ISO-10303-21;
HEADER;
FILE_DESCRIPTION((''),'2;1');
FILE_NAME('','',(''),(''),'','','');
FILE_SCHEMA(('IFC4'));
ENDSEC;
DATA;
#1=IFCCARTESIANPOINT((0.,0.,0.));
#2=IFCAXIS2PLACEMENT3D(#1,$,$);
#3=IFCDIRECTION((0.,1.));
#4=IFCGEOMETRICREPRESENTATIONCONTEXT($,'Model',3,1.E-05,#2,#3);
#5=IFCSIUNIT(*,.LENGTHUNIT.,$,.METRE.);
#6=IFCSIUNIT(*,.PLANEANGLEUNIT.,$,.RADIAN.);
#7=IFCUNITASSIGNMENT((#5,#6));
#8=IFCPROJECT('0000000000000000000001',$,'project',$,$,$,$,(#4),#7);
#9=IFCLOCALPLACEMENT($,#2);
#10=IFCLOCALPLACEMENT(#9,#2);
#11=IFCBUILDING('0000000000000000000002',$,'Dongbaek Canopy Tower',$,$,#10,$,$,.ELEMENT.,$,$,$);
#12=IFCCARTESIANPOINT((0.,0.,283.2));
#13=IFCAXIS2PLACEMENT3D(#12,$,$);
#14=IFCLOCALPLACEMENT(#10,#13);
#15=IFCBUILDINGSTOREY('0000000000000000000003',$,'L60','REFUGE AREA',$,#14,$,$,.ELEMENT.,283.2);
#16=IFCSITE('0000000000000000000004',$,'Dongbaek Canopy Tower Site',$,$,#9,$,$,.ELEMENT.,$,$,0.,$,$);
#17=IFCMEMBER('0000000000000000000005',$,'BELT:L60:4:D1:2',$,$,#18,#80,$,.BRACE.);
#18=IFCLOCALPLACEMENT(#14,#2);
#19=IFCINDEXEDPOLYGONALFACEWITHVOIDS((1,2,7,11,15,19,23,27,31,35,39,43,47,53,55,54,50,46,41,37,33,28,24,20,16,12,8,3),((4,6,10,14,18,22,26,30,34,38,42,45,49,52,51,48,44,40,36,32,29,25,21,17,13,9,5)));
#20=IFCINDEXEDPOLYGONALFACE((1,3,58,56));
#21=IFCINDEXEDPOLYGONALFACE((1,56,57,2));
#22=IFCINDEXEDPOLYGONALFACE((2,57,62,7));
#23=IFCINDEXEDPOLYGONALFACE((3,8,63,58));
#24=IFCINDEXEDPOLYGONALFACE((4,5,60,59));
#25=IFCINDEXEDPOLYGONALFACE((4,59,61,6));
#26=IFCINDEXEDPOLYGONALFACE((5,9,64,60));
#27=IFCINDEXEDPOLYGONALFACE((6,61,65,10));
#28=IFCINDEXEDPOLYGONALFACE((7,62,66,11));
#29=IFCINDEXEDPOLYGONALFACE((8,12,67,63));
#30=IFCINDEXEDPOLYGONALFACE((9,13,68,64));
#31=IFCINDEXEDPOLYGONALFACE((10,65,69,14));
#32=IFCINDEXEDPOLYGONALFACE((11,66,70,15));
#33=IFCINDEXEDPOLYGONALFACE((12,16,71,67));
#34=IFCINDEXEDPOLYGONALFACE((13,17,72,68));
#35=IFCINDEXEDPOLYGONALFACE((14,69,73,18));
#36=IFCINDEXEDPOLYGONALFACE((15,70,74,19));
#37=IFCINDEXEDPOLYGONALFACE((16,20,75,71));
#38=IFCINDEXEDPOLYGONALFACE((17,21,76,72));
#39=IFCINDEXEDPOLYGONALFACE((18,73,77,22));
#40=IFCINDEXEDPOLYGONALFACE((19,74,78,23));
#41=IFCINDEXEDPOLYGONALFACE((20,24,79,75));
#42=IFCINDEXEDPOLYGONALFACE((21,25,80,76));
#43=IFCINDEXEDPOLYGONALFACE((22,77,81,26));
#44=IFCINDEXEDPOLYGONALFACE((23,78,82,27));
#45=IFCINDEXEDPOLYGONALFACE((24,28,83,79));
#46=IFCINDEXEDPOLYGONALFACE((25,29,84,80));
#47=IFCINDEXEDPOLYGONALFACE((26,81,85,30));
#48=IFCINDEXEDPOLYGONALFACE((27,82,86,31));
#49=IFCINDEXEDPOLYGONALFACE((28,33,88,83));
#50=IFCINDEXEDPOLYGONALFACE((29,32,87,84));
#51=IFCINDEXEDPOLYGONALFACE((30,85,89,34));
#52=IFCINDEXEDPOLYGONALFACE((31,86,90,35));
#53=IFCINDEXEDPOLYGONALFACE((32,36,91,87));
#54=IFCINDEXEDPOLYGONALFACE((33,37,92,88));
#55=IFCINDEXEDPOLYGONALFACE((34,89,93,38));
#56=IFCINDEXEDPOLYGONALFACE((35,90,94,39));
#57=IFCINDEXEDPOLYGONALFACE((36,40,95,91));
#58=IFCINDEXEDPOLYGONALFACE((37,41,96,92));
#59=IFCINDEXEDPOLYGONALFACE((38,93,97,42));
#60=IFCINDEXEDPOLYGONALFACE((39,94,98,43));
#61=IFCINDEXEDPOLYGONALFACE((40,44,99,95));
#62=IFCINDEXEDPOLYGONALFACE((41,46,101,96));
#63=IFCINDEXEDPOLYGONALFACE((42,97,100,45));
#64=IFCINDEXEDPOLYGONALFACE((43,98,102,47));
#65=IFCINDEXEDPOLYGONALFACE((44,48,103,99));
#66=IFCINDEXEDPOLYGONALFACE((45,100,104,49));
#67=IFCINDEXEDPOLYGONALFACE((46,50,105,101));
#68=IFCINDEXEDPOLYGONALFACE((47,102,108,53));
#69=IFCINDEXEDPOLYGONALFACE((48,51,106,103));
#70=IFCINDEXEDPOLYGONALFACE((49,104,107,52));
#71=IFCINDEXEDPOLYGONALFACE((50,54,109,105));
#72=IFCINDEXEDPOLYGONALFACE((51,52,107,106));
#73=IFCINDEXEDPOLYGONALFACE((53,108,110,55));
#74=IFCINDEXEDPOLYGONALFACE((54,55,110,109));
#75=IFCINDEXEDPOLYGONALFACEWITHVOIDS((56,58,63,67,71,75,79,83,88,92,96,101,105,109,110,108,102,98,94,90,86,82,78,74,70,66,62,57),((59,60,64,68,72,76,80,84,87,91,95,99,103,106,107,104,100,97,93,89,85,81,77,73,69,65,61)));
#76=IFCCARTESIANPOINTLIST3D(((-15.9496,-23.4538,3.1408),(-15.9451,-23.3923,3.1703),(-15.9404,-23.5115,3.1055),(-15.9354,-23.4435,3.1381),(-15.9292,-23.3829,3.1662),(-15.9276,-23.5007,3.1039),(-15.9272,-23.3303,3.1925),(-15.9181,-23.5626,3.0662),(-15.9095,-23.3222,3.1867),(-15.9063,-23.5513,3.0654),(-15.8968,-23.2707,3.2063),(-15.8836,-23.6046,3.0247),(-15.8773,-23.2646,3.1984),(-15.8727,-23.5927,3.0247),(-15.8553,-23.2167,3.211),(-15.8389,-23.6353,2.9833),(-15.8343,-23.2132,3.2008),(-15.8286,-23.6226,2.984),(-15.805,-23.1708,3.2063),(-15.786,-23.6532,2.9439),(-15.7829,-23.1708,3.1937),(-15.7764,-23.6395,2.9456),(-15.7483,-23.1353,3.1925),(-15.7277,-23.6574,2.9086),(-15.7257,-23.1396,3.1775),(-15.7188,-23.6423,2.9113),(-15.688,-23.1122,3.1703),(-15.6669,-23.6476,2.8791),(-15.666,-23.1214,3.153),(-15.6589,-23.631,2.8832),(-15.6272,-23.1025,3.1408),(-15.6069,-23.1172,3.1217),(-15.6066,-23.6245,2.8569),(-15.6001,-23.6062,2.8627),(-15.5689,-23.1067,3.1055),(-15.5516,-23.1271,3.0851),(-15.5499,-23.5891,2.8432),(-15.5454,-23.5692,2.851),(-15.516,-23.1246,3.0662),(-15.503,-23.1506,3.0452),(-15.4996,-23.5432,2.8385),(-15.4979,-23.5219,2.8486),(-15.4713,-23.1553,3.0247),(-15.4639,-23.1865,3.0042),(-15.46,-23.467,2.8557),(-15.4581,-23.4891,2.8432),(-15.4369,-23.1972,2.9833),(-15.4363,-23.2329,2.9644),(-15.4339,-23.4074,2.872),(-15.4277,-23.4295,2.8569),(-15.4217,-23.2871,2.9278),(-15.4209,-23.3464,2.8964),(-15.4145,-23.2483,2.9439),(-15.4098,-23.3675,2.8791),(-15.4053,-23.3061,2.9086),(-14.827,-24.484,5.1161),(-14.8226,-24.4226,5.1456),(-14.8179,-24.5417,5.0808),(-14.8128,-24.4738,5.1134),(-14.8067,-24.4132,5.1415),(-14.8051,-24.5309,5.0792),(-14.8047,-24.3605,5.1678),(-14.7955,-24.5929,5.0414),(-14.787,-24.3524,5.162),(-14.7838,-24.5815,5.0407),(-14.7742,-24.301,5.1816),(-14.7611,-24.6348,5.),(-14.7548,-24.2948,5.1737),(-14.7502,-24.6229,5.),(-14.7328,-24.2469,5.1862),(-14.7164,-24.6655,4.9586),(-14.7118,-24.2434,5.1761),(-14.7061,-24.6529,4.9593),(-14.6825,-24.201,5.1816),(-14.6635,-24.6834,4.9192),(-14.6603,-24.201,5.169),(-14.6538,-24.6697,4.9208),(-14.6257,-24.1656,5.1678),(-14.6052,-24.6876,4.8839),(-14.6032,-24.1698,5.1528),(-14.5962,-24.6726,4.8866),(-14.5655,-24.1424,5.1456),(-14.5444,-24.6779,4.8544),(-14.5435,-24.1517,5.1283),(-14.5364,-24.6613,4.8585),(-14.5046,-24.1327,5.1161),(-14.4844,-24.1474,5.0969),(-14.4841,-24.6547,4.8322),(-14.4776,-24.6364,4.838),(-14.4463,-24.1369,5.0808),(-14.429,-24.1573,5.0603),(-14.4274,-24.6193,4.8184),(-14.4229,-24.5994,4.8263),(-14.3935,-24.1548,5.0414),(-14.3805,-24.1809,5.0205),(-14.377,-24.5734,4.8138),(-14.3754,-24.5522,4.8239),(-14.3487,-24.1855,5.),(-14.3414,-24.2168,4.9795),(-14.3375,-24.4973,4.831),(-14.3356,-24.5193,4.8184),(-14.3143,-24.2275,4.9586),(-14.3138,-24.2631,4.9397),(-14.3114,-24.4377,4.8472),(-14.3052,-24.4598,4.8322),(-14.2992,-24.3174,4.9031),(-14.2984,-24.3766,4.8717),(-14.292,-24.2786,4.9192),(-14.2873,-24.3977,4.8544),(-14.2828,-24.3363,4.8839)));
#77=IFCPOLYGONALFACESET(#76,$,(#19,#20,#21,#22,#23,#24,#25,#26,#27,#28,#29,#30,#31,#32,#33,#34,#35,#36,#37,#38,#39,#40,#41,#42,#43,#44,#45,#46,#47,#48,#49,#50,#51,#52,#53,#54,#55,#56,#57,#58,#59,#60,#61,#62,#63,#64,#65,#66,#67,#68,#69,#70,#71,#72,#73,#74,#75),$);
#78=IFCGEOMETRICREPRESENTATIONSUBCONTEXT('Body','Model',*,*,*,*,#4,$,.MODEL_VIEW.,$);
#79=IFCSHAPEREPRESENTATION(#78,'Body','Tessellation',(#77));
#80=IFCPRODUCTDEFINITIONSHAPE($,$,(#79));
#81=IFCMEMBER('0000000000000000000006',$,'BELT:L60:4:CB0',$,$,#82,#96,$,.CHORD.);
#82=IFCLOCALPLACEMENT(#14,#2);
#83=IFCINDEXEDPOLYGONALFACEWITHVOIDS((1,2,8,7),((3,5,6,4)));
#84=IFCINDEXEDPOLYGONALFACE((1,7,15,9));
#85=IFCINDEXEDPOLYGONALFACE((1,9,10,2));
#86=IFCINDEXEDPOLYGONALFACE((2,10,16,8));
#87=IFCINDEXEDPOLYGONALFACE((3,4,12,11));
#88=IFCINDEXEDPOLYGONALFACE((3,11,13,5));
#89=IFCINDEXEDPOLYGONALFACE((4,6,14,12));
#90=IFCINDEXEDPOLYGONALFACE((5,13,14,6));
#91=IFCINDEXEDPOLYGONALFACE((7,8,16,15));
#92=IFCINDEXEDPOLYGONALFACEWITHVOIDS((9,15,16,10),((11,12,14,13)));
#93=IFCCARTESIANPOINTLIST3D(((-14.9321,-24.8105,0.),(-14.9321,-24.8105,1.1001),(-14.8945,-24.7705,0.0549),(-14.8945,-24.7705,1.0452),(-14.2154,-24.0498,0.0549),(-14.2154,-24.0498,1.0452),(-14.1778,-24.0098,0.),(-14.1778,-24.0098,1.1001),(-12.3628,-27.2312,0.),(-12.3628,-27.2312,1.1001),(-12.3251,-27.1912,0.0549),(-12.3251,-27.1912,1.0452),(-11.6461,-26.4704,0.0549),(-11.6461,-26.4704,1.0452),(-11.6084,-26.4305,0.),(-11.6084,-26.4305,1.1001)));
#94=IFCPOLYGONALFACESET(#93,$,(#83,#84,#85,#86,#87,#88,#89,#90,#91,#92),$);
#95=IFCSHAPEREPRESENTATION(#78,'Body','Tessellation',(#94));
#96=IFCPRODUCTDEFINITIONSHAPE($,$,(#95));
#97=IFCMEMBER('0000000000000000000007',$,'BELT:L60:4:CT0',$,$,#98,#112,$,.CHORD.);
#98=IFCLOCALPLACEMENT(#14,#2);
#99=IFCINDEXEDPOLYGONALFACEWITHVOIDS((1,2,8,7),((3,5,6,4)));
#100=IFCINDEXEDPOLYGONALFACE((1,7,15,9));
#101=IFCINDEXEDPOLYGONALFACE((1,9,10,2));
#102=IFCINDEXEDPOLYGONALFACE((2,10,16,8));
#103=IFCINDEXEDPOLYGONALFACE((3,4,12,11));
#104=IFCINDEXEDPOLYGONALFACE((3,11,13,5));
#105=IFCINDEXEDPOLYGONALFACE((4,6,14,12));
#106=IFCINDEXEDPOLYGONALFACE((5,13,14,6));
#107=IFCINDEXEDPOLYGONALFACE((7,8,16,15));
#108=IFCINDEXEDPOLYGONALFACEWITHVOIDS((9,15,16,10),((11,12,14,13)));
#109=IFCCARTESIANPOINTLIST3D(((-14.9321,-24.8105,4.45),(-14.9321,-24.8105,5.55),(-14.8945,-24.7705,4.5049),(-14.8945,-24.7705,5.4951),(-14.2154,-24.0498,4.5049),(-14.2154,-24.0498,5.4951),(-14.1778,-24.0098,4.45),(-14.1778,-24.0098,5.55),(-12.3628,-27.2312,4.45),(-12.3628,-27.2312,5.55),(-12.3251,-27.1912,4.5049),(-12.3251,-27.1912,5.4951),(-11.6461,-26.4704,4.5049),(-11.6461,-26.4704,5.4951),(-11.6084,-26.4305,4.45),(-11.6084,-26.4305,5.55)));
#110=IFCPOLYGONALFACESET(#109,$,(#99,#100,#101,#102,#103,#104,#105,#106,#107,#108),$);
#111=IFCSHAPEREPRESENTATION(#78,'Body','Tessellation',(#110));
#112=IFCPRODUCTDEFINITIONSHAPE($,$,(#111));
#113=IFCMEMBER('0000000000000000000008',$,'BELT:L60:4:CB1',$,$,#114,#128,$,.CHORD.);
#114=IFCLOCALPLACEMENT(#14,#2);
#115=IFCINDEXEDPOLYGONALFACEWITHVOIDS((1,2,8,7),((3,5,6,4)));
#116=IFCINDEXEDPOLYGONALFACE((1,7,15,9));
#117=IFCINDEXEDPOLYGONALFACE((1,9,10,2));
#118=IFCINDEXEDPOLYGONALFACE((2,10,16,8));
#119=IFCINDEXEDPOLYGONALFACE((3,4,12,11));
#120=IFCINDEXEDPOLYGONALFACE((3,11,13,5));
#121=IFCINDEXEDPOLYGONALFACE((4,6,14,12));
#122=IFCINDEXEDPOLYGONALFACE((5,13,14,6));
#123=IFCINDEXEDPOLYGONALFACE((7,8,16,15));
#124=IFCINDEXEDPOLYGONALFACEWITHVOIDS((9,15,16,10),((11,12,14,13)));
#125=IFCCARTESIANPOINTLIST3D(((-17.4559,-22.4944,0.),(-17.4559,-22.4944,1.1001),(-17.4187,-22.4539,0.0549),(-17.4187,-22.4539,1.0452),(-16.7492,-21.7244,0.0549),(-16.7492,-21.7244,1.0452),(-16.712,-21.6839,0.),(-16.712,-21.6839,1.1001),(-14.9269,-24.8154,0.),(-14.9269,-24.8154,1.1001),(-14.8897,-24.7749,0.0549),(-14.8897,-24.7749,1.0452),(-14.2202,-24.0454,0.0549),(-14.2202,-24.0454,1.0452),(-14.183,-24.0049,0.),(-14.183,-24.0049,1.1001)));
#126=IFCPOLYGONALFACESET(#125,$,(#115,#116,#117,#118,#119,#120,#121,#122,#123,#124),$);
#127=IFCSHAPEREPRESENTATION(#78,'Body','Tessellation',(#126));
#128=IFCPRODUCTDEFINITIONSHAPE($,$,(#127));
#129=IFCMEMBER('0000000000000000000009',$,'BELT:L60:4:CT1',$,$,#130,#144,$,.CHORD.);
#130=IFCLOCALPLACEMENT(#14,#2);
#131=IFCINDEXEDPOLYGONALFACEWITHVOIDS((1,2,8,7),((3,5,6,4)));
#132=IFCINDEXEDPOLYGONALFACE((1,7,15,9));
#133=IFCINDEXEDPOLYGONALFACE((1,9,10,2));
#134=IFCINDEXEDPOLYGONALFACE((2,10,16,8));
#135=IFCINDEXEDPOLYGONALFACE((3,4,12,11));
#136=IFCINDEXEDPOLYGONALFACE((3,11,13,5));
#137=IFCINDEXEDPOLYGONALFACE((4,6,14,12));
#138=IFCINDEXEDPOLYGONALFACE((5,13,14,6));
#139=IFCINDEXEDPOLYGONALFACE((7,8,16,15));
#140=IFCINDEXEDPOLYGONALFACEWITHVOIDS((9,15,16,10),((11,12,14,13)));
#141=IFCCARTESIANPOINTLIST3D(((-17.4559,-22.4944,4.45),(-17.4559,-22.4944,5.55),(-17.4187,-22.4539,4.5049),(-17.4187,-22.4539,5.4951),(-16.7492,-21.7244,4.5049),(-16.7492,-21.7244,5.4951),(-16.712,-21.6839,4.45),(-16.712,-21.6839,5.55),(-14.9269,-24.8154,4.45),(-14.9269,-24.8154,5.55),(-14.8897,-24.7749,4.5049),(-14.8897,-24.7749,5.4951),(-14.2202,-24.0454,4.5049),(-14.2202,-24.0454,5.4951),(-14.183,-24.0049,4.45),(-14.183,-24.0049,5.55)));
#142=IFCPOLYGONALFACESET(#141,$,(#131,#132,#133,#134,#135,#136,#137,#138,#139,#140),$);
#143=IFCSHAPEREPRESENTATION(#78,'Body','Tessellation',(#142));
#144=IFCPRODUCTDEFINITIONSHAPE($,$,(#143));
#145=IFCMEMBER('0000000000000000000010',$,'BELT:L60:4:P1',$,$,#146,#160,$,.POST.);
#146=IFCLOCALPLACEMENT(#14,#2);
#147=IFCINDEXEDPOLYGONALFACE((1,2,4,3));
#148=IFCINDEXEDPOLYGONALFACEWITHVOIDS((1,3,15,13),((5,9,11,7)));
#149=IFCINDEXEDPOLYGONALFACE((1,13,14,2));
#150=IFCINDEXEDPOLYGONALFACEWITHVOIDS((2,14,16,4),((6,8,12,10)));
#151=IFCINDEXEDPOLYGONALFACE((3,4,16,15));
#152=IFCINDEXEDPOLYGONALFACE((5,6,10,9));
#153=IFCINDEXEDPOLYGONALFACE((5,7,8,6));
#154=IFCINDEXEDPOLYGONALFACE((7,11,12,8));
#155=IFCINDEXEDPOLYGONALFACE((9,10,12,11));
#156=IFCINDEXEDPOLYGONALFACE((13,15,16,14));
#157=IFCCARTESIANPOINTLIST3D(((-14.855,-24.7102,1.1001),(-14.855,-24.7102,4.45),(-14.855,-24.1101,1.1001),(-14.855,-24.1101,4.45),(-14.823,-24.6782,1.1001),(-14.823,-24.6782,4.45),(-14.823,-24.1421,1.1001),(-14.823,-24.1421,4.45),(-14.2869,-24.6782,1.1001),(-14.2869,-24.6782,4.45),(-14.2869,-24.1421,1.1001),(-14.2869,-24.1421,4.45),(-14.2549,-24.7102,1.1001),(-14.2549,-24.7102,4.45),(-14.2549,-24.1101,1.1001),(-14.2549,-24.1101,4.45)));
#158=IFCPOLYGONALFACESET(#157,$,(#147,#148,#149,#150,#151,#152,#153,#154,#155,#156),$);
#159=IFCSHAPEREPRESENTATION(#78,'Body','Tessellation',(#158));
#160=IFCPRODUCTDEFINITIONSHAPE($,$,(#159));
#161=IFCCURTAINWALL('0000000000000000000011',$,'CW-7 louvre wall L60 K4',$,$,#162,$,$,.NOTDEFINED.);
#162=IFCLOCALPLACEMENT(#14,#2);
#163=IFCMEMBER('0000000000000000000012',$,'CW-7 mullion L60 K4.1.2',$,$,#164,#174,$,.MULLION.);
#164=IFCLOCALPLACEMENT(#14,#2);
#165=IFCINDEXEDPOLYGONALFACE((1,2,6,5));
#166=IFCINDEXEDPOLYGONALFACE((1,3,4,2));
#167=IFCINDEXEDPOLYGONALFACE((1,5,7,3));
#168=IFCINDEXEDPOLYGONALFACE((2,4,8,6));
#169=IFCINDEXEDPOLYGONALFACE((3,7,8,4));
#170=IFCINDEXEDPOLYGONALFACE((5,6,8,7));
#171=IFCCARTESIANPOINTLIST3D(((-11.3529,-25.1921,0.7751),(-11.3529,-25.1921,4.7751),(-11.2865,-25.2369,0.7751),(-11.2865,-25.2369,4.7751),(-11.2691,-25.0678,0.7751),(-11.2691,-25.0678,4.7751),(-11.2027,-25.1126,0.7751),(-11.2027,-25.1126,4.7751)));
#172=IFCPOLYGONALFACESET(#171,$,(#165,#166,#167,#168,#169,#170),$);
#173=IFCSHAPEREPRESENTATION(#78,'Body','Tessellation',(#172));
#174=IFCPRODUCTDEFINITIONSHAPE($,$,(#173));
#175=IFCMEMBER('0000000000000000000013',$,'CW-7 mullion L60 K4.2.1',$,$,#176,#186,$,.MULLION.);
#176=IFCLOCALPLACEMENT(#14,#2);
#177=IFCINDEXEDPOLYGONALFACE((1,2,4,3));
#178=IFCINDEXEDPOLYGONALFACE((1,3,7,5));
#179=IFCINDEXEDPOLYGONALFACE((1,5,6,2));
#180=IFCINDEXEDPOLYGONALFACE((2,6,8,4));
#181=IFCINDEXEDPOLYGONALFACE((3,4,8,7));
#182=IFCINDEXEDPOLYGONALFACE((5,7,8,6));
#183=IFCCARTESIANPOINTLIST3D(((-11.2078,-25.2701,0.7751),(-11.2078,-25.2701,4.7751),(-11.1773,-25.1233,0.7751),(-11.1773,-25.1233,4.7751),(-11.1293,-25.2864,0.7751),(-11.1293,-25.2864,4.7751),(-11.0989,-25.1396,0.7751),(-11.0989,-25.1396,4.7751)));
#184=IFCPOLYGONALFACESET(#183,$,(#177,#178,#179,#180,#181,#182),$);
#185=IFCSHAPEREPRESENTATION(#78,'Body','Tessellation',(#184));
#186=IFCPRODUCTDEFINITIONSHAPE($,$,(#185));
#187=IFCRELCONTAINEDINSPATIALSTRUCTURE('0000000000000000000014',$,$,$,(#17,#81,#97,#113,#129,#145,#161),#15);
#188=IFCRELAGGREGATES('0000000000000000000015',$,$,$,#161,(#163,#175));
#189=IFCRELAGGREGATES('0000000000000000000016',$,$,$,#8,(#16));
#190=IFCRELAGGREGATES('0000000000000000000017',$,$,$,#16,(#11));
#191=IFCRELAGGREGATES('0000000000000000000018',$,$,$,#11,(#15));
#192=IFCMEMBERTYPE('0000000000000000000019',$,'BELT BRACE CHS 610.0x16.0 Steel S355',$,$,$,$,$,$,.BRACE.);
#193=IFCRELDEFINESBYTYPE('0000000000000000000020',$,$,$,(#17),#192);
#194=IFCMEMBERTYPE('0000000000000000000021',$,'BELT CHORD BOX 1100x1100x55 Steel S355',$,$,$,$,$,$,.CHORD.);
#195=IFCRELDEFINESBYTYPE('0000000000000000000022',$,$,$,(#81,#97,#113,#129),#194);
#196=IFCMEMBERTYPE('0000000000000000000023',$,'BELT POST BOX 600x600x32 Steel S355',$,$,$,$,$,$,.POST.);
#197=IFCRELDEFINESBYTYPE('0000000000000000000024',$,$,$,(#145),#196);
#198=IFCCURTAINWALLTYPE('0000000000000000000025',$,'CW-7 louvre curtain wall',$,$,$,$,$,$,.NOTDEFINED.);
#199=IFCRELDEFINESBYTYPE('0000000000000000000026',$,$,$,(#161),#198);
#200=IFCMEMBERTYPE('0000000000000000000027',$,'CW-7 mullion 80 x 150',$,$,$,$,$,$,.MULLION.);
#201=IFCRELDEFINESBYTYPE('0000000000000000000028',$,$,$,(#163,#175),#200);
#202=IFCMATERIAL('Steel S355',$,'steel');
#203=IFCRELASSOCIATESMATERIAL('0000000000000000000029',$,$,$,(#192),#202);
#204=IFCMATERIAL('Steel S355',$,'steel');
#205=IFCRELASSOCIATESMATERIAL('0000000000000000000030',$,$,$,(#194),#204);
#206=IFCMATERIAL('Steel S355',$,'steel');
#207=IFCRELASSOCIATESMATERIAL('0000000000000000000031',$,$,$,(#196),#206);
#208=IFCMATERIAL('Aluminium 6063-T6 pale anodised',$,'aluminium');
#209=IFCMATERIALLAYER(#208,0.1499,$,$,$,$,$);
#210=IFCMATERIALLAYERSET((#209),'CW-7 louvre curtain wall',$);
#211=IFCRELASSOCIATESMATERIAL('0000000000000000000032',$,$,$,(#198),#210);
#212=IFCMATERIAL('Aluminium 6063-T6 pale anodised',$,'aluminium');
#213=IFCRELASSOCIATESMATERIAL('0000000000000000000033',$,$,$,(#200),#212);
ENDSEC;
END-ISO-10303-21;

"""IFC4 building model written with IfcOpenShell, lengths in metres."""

from ifc_helpers import new_model, si_unit, direction, frame, origin, origin_2d, place, context, subcontext, project, spatial, rectangle, hollow_rectangle, hollow_circle, extrude, material, layer, layer_set, material_profile, profile_set, type_object, element, aggregate, save


model = new_model("IFC4")

# Units and contexts
model_context = context("Model", 3, precision=1e-05, world=origin(), true_north=direction((0.0, 1.0)))
body_context = subcontext(model_context, "Body", "Model", "MODEL_VIEW")
ifc_project = project(units=[si_unit("LENGTHUNIT", "METRE"), si_unit("PLANEANGLEUNIT", "RADIAN")], contexts=[model_context])

# Site, building, storey
site_placement = place(None, origin())
site = spatial("IfcSite", under=ifc_project, at=site_placement, Name="Dongbaek Canopy Tower Site", CompositionType="ELEMENT", RefElevation=0.0)
building_placement = place(site_placement, origin())
building = spatial("IfcBuilding", under=site, at=building_placement, Name="Dongbaek Canopy Tower", CompositionType="ELEMENT")
storey_placement = place(building_placement, frame((0.0, 0.0, 283.2)))
storey = spatial("IfcBuildingStorey", under=building, at=storey_placement, Name="L60", Description="REFUGE AREA", CompositionType="ELEMENT", Elevation=283.2)

# Members
ifc_material_1 = material(Name="Steel S355", Category="steel")
ifc_material_profile_1 = material_profile(ifc_material_1, hollow_circle(Radius=0.3049, WallThickness=0.0161, at=origin_2d()), Name="BELT BRACE CHS 610.0x16.0 Steel S355")
ifc_profile_set_1 = profile_set([ifc_material_profile_1], Name="Steel S355")
member_type_1 = type_object("IfcMemberType", Name="BELT BRACE CHS 610.0x16.0 Steel S355", PredefinedType="BRACE", material=ifc_profile_set_1)
member_1_placement = place(storey_placement, frame((-14.5549, -24.4102, 5.0), z_axis=(-0.449976, 0.412983, -0.791812), x_axis=(-0.676174, -0.736742, 0.0)))
element("IfcMember", 1, at=member_1_placement, inside=storey, type_object=member_type_1, Name="BELT:L60:4:D1:2", PredefinedType="BRACE", context=body_context, shape_type="SweptSolid", body=[
    extrude(hollow_circle(Radius=0.3049, WallThickness=0.0161, at=origin_2d()), origin(), (0.0, 0.0, 1.0), 2.4946),
])
ifc_material_2 = material(Name="Steel S355", Category="steel")
ifc_material_profile_2 = material_profile(ifc_material_2, hollow_rectangle(XDim=1.1001, YDim=1.1001, WallThickness=0.0549, at=origin_2d()), Name="BELT CHORD BOX 1100x1100x55 Steel S355")
ifc_profile_set_2 = profile_set([ifc_material_profile_2], Name="Steel S355")
member_type_2 = type_object("IfcMemberType", Name="BELT CHORD BOX 1100x1100x55 Steel S355", PredefinedType="CHORD", material=ifc_profile_set_2)
for number, where, z_axis, x_axis, name in (
    (2, (-11.9856, -26.8308, 0.55), (-0.727853, 0.685734, 0.0), (-0.685734, -0.727853, 0.0), "BELT:L60:4:CB0"),
    (3, (-11.9856, -26.8308, 5.0), (-0.727853, 0.685734, 0.0), (-0.685734, -0.727853, 0.0), "BELT:L60:4:CT0"),
):
    element("IfcMember", number, at=place(storey_placement, frame(where, z_axis=z_axis, x_axis=x_axis)), inside=storey, type_object=member_type_2, Name=name, PredefinedType="CHORD", context=body_context, shape_type="SweptSolid", body=[
        extrude(hollow_rectangle(XDim=1.1001, YDim=1.1001, WallThickness=0.0549, at=origin_2d()), origin(), (0.0, 0.0, 1.0), 3.53),
    ])
for number, where, z_axis, x_axis, name in (
    (4, (-14.5549, -24.4102, 0.55), (-0.736755, 0.676159, 0.0), (-0.676159, -0.736755, 0.0), "BELT:L60:4:CB1"),
    (5, (-14.5549, -24.4102, 5.0), (-0.736755, 0.676159, 0.0), (-0.676159, -0.736755, 0.0), "BELT:L60:4:CT1"),
):
    element("IfcMember", number, at=place(storey_placement, frame(where, z_axis=z_axis, x_axis=x_axis)), inside=storey, type_object=member_type_2, Name=name, PredefinedType="CHORD", context=body_context, shape_type="SweptSolid", body=[
        extrude(hollow_rectangle(XDim=1.1001, YDim=1.1001, WallThickness=0.0549, at=origin_2d()), origin(), (0.0, 0.0, 1.0), 3.4326),
    ])
ifc_material_3 = material(Name="Steel S355", Category="steel")
ifc_material_profile_3 = material_profile(ifc_material_3, hollow_rectangle(XDim=0.6001, YDim=0.6001, WallThickness=0.032, at=origin_2d()), Name="BELT POST BOX 600x600x32 Steel S355")
ifc_profile_set_3 = profile_set([ifc_material_profile_3], Name="Steel S355")
member_type_3 = type_object("IfcMemberType", Name="BELT POST BOX 600x600x32 Steel S355", PredefinedType="POST", material=ifc_profile_set_3)
member_2_placement = place(storey_placement, frame((-14.5549, -24.4102, 1.1001), z_axis=(0.0, 0.0, 1.0), x_axis=(1.0, 0.0, 0.0)))
element("IfcMember", 6, at=member_2_placement, inside=storey, type_object=member_type_3, Name="BELT:L60:4:P1", PredefinedType="POST", context=body_context, shape_type="SweptSolid", body=[
    extrude(hollow_rectangle(XDim=0.6001, YDim=0.6001, WallThickness=0.032, at=origin_2d()), origin(), (0.0, 0.0, 1.0), 3.3499),
])

# Curtain wall, members
ifc_material_4 = material(Name="Aluminium 6063-T6 pale anodised", Category="aluminium")
ifc_layer_1 = layer(ifc_material_4, 0.1499)
ifc_layer_set_1 = layer_set([ifc_layer_1], Name="CW-7 louvre curtain wall")
curtain_wall_type = type_object("IfcCurtainWallType", Name="CW-7 louvre curtain wall", PredefinedType="NOTDEFINED", material=ifc_layer_set_1)
curtain_wall_placement = place(storey_placement, origin())
curtain_wall = element("IfcCurtainWall", 7, at=curtain_wall_placement, inside=storey, type_object=curtain_wall_type, Name="CW-7 louvre wall L60 K4", PredefinedType="NOTDEFINED")
ifc_material_5 = material(Name="Aluminium 6063-T6 pale anodised", Category="aluminium")
ifc_material_profile_4 = material_profile(ifc_material_5, rectangle(XDim=0.1499, YDim=0.0801, at=origin_2d()), Name="CW-7 mullion 80 x 150")
ifc_profile_set_4 = profile_set([ifc_material_profile_4], Name="Aluminium 6063-T6 pale anodised")
member_type_4 = type_object("IfcMemberType", Name="CW-7 mullion 80 x 150", PredefinedType="MULLION", material=ifc_profile_set_4)
member_3_placement = place(storey_placement, frame((-11.2778, -25.1523, 0.7751), z_axis=(0.0, 0.0, 1.0), x_axis=(-0.558918, -0.829223, 0.0)))
member_3 = element("IfcMember", 8, at=member_3_placement, type_object=member_type_4, Name="CW-7 mullion L60 K4.1.2", PredefinedType="MULLION", context=body_context, shape_type="SweptSolid", body=[
    extrude(rectangle(XDim=0.1499, YDim=0.0801, at=origin_2d()), origin(), (0.0, 0.0, 1.0), 4.0),
])
member_4_placement = place(storey_placement, frame((-11.1533, -25.2048, 0.7751), z_axis=(0.0, 0.0, 1.0), x_axis=(-0.203238, -0.979129, 0.0)))
member_4 = element("IfcMember", 9, at=member_4_placement, type_object=member_type_4, Name="CW-7 mullion L60 K4.2.1", PredefinedType="MULLION", context=body_context, shape_type="SweptSolid", body=[
    extrude(rectangle(XDim=0.1499, YDim=0.0801, at=origin_2d()), origin(), (0.0, 0.0, 1.0), 4.0),
])

aggregate(curtain_wall, [member_3, member_4])

save(model, "model.ifc")
